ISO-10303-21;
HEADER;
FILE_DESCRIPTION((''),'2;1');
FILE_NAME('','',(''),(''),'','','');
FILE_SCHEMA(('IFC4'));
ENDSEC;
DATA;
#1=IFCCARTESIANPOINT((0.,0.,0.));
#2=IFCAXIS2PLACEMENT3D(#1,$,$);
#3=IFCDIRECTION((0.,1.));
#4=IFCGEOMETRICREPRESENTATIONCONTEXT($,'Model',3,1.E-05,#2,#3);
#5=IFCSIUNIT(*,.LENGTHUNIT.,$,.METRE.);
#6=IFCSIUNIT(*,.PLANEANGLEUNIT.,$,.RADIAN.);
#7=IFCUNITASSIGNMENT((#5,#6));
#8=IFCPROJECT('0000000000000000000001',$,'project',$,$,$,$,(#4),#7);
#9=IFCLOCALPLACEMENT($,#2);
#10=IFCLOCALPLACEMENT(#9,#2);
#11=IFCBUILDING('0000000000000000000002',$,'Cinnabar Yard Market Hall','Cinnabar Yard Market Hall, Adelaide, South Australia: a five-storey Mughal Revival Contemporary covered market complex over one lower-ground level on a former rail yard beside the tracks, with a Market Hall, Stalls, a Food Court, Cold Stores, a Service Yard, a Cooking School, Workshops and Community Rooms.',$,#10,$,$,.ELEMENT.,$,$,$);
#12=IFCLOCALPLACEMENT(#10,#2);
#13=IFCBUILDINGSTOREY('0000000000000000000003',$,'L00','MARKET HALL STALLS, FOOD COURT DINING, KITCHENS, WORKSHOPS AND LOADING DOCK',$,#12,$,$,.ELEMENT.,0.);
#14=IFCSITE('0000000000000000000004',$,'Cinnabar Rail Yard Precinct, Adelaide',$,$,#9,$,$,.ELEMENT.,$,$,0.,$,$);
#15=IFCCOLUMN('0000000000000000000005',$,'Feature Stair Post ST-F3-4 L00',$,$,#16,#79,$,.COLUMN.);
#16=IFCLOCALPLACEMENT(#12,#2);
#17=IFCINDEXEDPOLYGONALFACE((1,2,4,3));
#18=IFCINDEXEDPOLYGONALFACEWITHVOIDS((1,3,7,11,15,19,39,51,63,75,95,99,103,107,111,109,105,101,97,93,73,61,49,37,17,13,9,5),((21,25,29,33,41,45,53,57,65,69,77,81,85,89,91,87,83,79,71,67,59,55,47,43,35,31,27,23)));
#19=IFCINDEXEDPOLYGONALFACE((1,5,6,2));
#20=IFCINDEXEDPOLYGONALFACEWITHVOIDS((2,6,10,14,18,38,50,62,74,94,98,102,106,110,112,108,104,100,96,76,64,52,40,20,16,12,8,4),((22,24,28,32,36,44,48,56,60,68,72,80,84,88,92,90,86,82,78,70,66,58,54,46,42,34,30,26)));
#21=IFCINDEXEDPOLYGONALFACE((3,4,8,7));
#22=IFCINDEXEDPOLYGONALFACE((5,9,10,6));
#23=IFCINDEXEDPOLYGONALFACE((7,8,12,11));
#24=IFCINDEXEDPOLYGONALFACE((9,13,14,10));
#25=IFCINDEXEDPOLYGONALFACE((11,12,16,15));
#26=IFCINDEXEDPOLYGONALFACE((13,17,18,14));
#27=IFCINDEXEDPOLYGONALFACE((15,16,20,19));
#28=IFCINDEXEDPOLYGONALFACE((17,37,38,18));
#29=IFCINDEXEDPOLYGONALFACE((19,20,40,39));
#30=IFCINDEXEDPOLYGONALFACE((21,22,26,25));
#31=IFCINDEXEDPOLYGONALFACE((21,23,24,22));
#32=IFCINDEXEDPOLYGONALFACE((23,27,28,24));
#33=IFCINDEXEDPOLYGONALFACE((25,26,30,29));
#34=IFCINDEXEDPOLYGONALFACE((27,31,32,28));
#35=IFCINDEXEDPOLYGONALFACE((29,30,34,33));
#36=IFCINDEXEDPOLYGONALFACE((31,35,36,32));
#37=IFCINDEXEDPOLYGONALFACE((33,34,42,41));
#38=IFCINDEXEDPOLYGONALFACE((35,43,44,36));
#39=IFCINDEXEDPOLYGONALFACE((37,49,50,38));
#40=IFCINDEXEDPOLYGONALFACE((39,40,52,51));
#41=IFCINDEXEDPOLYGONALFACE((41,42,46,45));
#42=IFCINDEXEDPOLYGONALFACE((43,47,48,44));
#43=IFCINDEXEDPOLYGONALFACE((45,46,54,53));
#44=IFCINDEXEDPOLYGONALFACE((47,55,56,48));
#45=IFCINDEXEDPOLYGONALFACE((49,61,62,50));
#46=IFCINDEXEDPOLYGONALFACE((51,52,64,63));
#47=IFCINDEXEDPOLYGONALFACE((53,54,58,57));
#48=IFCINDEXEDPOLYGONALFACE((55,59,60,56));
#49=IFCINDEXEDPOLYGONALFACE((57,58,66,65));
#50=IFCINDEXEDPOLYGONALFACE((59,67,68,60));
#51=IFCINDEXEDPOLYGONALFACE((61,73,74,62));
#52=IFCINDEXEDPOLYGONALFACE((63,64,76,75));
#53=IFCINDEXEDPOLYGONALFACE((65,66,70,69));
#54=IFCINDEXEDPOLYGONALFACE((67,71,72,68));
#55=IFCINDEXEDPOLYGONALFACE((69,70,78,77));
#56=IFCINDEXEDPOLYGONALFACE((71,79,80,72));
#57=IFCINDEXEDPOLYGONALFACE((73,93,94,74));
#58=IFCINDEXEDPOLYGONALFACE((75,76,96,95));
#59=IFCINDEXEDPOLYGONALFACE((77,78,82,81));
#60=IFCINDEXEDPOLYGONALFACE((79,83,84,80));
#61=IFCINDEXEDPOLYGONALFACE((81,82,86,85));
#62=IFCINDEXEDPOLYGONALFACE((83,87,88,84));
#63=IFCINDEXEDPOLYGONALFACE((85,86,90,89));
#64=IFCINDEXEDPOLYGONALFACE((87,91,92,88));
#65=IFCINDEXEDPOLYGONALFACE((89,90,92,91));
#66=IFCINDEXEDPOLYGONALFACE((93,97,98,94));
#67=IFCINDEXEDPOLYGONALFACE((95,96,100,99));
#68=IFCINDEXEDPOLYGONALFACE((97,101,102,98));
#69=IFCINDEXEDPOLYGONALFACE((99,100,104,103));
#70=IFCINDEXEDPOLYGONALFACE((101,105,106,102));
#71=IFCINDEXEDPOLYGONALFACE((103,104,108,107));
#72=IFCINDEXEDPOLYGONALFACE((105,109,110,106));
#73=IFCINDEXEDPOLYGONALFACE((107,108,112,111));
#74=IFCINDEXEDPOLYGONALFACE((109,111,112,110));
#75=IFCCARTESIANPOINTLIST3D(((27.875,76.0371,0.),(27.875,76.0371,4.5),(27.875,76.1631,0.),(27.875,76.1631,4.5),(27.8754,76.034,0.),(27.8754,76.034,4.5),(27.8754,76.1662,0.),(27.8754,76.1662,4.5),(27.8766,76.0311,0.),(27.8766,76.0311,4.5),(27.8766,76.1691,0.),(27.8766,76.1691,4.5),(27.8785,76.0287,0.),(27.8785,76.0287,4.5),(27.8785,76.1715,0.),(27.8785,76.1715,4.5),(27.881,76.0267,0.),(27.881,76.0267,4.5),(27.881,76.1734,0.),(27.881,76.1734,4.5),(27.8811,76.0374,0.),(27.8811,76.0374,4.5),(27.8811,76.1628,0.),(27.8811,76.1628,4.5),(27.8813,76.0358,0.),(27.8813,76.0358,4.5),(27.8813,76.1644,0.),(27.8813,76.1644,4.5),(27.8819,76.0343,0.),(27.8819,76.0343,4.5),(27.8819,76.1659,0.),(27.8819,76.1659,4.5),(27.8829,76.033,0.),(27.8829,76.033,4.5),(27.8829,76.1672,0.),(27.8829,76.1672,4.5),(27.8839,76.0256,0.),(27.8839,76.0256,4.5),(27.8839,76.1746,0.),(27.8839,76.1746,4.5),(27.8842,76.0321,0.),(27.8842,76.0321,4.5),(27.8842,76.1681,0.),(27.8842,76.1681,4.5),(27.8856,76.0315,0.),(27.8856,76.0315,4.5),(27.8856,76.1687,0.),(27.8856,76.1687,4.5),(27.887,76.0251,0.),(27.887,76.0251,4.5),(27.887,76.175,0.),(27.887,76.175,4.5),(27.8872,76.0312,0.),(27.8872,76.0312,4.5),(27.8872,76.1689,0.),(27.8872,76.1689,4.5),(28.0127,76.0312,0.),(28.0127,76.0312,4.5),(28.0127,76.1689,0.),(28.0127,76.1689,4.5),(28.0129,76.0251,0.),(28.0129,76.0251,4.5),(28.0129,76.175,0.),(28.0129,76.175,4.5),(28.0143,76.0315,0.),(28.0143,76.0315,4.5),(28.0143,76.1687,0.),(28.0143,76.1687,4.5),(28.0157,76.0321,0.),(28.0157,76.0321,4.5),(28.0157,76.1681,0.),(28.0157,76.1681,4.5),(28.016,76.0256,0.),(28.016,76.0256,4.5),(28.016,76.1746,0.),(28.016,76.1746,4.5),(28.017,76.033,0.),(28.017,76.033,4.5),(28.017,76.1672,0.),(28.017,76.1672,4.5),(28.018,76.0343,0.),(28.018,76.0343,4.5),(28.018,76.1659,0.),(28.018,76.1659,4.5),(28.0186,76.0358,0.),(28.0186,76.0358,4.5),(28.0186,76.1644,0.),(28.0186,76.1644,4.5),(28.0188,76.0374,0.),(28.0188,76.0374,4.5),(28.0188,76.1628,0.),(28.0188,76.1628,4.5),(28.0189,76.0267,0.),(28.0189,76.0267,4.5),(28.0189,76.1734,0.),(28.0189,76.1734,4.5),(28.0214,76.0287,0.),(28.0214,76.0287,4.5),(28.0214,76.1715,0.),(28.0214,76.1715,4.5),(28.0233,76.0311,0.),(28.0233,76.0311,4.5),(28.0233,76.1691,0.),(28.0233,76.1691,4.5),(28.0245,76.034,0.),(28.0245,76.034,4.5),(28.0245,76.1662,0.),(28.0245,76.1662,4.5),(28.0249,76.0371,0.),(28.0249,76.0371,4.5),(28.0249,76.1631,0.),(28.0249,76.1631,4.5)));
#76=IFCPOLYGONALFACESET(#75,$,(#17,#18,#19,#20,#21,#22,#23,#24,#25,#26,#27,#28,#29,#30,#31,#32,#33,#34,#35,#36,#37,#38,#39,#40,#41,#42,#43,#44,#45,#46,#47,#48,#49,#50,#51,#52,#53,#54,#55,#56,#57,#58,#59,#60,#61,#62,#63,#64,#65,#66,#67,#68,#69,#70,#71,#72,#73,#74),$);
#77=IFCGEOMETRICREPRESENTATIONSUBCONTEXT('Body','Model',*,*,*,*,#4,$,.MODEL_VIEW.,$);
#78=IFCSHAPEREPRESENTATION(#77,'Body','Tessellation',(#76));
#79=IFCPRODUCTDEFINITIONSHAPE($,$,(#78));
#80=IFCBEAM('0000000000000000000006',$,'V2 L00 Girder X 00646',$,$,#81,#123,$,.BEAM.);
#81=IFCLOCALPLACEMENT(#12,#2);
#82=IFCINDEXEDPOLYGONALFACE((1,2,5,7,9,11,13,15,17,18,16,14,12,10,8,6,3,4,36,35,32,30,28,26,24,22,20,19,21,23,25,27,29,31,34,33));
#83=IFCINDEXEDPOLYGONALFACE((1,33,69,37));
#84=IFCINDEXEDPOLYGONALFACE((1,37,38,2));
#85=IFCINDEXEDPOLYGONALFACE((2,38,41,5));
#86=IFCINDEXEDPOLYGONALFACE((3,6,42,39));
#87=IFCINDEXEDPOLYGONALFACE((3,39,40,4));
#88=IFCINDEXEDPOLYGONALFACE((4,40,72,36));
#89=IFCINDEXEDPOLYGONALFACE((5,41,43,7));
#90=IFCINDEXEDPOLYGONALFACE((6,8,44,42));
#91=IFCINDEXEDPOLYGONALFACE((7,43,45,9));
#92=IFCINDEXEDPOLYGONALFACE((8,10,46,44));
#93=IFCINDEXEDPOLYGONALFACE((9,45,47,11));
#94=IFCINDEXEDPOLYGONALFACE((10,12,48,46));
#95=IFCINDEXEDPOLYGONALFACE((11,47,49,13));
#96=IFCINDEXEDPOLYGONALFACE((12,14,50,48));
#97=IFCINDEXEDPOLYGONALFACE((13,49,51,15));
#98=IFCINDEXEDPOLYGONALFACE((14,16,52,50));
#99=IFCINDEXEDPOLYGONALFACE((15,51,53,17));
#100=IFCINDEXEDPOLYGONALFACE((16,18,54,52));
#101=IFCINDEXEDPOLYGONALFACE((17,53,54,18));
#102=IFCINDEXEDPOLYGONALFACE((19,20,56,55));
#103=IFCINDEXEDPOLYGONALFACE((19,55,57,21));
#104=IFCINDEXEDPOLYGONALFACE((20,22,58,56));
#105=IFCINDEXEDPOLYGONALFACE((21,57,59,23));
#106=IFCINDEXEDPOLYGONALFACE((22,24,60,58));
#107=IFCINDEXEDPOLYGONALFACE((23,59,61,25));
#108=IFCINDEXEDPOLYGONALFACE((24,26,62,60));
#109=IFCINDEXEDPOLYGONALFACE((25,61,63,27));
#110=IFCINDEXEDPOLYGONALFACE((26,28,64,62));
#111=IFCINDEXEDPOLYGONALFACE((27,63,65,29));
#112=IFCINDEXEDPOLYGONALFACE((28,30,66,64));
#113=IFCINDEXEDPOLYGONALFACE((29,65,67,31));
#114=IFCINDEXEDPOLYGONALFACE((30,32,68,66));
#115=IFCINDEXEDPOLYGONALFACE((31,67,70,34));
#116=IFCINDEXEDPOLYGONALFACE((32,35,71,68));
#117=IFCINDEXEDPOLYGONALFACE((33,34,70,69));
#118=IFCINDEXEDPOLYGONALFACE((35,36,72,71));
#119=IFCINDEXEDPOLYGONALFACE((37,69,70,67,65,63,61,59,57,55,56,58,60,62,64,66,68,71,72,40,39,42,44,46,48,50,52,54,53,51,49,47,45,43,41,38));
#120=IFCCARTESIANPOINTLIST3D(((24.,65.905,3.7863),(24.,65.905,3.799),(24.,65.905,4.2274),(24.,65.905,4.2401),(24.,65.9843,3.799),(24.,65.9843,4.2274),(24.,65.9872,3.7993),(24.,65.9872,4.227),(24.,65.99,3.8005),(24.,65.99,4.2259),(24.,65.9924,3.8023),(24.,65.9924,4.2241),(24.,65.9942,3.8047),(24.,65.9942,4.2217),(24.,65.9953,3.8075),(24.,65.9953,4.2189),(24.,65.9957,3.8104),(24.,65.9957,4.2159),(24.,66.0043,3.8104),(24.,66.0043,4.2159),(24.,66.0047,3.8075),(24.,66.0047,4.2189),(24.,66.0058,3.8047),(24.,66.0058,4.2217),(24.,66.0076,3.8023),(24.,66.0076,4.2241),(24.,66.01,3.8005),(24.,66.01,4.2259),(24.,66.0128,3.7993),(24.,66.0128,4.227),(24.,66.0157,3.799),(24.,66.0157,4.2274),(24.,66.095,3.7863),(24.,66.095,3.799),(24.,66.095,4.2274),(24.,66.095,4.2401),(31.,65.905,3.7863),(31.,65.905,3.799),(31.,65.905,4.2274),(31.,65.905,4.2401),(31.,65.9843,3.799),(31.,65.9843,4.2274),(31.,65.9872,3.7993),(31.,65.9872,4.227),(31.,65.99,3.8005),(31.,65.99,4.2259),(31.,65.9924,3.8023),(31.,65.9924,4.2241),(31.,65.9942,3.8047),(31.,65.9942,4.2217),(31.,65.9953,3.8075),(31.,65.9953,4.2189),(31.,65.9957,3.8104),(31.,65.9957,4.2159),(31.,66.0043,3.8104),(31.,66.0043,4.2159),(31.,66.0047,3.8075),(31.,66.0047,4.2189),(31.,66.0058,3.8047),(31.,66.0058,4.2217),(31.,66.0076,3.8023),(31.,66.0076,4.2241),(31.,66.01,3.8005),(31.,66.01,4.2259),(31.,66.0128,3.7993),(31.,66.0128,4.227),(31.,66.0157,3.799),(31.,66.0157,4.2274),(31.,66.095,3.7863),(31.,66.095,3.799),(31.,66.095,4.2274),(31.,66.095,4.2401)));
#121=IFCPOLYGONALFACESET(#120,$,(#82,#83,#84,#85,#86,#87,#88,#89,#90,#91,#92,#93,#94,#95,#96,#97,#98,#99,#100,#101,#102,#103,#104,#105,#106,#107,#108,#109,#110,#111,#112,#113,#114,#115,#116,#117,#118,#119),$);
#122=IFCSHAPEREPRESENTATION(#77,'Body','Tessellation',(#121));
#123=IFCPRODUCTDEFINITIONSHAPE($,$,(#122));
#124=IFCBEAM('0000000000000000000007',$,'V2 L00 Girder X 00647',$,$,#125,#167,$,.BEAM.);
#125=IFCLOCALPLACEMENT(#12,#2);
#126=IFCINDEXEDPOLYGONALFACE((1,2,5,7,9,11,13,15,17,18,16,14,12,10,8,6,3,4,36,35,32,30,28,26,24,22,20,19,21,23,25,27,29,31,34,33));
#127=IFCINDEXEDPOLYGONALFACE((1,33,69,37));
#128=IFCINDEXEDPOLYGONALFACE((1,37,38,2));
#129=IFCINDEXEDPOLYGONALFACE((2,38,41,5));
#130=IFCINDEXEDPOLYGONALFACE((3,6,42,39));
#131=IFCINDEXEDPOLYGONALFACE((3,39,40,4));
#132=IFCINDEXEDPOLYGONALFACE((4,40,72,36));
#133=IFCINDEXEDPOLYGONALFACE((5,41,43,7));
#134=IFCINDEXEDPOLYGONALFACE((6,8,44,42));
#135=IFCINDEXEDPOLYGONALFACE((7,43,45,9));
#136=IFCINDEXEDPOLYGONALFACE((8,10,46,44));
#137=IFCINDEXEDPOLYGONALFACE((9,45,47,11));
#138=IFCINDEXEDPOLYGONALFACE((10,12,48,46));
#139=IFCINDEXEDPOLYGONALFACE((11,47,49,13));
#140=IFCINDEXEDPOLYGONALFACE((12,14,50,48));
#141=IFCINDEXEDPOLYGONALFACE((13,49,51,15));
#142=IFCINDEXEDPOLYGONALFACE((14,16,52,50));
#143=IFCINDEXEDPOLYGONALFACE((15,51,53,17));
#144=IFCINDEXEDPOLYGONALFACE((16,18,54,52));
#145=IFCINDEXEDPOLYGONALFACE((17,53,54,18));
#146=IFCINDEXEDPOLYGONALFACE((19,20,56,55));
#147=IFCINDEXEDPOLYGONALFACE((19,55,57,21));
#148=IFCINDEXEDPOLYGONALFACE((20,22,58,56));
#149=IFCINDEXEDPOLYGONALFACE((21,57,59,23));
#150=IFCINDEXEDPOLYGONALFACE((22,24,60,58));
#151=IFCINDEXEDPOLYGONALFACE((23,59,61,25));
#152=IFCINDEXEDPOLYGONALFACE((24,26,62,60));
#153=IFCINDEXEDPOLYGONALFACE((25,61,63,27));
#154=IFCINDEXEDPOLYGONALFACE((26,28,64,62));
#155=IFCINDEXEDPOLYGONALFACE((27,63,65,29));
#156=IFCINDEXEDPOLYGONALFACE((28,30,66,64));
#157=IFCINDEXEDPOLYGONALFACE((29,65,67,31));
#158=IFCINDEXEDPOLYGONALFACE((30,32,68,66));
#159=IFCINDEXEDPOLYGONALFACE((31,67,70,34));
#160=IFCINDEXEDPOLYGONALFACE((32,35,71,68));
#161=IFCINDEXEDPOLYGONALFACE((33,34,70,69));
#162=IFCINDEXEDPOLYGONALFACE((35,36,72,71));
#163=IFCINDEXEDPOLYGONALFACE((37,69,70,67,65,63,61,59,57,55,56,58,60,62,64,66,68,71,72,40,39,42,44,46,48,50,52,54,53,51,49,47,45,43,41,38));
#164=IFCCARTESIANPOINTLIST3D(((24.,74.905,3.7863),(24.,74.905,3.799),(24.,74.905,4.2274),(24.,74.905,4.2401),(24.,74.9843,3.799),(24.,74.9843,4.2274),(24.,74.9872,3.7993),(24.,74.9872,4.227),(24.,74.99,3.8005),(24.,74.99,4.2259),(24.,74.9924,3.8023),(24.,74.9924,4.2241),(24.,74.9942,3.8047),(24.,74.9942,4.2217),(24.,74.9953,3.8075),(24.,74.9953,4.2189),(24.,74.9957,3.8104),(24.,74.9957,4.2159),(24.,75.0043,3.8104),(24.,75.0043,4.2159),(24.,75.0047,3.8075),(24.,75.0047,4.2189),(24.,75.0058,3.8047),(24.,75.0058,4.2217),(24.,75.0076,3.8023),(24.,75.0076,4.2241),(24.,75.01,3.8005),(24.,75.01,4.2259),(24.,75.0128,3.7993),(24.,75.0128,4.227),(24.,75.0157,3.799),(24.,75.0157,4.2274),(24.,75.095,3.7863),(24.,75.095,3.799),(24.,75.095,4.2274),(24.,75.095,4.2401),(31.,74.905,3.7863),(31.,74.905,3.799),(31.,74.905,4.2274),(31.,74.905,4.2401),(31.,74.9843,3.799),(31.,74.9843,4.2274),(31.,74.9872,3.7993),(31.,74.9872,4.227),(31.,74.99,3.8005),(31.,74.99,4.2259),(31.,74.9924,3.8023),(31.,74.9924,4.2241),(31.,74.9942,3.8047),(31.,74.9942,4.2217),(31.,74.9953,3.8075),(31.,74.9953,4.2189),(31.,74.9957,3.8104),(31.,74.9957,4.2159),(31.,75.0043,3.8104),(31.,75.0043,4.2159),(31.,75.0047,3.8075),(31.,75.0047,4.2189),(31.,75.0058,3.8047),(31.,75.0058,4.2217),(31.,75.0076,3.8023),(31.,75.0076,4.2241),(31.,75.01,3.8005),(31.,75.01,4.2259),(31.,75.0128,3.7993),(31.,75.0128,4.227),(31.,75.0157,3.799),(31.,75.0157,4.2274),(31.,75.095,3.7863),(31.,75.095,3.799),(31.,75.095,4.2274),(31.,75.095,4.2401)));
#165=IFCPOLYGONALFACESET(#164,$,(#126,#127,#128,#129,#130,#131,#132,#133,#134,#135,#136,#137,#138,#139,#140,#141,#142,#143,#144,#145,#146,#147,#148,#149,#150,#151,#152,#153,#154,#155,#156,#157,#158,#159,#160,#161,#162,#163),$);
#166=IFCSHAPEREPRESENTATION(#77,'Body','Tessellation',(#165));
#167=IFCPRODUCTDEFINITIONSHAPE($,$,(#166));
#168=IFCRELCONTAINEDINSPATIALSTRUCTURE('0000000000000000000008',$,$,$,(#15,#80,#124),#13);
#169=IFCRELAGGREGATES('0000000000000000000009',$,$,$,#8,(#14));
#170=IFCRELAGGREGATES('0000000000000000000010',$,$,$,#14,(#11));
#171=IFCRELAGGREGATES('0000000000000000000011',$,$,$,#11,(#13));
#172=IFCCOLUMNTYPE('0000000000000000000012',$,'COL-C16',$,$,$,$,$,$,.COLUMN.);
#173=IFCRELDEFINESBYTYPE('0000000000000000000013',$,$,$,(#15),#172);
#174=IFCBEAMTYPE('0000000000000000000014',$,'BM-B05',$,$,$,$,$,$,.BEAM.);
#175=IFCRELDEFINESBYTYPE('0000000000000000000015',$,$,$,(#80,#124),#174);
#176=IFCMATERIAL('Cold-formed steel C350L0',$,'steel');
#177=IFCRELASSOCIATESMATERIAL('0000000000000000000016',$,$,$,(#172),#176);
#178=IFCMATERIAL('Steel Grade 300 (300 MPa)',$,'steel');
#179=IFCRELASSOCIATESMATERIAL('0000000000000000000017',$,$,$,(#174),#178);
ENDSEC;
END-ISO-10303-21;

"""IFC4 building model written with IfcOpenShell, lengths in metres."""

from ifc_helpers import new_model, si_unit, direction, frame, origin, origin_2d_with_axis, place, context, subcontext, project, spatial, hollow_rectangle, i_section, extrude, material, material_profile, profile_set, type_object, element, save


model = new_model("IFC4")

# Units and contexts
model_context = context("Model", 3, precision=1e-05, world=origin(), true_north=direction((0.0, 1.0)))
body_context = subcontext(model_context, "Body", "Model", "MODEL_VIEW")
ifc_project = project(units=[si_unit("LENGTHUNIT", "METRE"), si_unit("PLANEANGLEUNIT", "RADIAN")], contexts=[model_context])

# Site, building, storey
site_placement = place(None, origin())
site = spatial("IfcSite", under=ifc_project, at=site_placement, Name="Cinnabar Rail Yard Precinct, Adelaide", CompositionType="ELEMENT", RefElevation=0.0)
building_placement = place(site_placement, origin())
building = spatial("IfcBuilding", under=site, at=building_placement, Name="Cinnabar Yard Market Hall", Description="Cinnabar Yard Market Hall, Adelaide, South Australia: a five-storey Mughal Revival Contemporary covered market complex over one lower-ground level on a former rail yard beside the tracks, with a Market Hall, Stalls, a Food Court, Cold Stores, a Service Yard, a Cooking School, Workshops and Community Rooms.", CompositionType="ELEMENT")
storey_placement = place(building_placement, origin())
storey = spatial("IfcBuildingStorey", under=building, at=storey_placement, Name="L00", Description="MARKET HALL STALLS, FOOD COURT DINING, KITCHENS, WORKSHOPS AND LOADING DOCK", CompositionType="ELEMENT", Elevation=0.0)

# Column
ifc_material_1 = material(Name="Steel Grade 300 (300 MPa)", Category="steel")
ifc_material_2 = material(Name="Cold-formed steel C350L0", Category="steel")
ifc_material_profile_1 = material_profile(ifc_material_2, hollow_rectangle(XDim=0.1499, YDim=0.1499, WallThickness=0.0061, InnerFilletRadius=0.0061, OuterFilletRadius=0.012, at=origin_2d_with_axis()), Name="150x150x6.0SHS")
ifc_profile_set_1 = profile_set([ifc_material_profile_1], Name="Cold-formed steel C350L0")
column_type_1 = type_object("IfcColumnType", Name="COL-C16", PredefinedType="COLUMN", material=ifc_profile_set_1)
for number, where, z_axis, x_axis, name in (
    (1, (27.95, 76.1001, 0.0), (0.0, 0.0, 1.0), (1.0, 0.0, 0.0), "Feature Stair Post ST-F3-4 L00"),
):
    element("IfcColumn", number, at=place(storey_placement, frame(where, z_axis=z_axis, x_axis=x_axis)), inside=storey, type_object=column_type_1, Name=name, PredefinedType="COLUMN", context=body_context, shape_type="SweptSolid", body=[
        extrude(hollow_rectangle(XDim=0.1499, YDim=0.1499, WallThickness=0.0061, InnerFilletRadius=0.0061, OuterFilletRadius=0.012, at=origin_2d_with_axis()), origin(), (0.0, 0.0, 1.0), 4.5),
    ])

# Beams
ifc_material_profile_2 = material_profile(ifc_material_1, i_section(OverallWidth=0.1899, OverallDepth=0.4539, WebThickness=0.0085, FlangeThickness=0.0127, FilletRadius=0.0115, at=origin_2d_with_axis()), Name="460UB67.1")
ifc_profile_set_2 = profile_set([ifc_material_profile_2], Name="Steel Grade 300 (300 MPa)")
beam_type_1 = type_object("IfcBeamType", Name="BM-B05", PredefinedType="BEAM", material=ifc_profile_set_2)
for number, where, z_axis, x_axis, name in (
    (2, (24.0, 66.0, 4.0132), (1.0, 0.0, 0.0), (0.0, 1.0, 0.0), "V2 L00 Girder X 00646"),
    (3, (24.0, 75.0, 4.0132), (1.0, 0.0, 0.0), (0.0, 1.0, 0.0), "V2 L00 Girder X 00647"),
):
    element("IfcBeam", number, at=place(storey_placement, frame(where, z_axis=z_axis, x_axis=x_axis)), inside=storey, type_object=beam_type_1, Name=name, PredefinedType="BEAM", context=body_context, shape_type="SweptSolid", body=[
        extrude(i_section(OverallWidth=0.1899, OverallDepth=0.4539, WebThickness=0.0085, FlangeThickness=0.0127, FilletRadius=0.0115, at=origin_2d_with_axis()), origin(), (0.0, 0.0, 1.0), 7.0),
    ])

save(model, "model.ifc")
